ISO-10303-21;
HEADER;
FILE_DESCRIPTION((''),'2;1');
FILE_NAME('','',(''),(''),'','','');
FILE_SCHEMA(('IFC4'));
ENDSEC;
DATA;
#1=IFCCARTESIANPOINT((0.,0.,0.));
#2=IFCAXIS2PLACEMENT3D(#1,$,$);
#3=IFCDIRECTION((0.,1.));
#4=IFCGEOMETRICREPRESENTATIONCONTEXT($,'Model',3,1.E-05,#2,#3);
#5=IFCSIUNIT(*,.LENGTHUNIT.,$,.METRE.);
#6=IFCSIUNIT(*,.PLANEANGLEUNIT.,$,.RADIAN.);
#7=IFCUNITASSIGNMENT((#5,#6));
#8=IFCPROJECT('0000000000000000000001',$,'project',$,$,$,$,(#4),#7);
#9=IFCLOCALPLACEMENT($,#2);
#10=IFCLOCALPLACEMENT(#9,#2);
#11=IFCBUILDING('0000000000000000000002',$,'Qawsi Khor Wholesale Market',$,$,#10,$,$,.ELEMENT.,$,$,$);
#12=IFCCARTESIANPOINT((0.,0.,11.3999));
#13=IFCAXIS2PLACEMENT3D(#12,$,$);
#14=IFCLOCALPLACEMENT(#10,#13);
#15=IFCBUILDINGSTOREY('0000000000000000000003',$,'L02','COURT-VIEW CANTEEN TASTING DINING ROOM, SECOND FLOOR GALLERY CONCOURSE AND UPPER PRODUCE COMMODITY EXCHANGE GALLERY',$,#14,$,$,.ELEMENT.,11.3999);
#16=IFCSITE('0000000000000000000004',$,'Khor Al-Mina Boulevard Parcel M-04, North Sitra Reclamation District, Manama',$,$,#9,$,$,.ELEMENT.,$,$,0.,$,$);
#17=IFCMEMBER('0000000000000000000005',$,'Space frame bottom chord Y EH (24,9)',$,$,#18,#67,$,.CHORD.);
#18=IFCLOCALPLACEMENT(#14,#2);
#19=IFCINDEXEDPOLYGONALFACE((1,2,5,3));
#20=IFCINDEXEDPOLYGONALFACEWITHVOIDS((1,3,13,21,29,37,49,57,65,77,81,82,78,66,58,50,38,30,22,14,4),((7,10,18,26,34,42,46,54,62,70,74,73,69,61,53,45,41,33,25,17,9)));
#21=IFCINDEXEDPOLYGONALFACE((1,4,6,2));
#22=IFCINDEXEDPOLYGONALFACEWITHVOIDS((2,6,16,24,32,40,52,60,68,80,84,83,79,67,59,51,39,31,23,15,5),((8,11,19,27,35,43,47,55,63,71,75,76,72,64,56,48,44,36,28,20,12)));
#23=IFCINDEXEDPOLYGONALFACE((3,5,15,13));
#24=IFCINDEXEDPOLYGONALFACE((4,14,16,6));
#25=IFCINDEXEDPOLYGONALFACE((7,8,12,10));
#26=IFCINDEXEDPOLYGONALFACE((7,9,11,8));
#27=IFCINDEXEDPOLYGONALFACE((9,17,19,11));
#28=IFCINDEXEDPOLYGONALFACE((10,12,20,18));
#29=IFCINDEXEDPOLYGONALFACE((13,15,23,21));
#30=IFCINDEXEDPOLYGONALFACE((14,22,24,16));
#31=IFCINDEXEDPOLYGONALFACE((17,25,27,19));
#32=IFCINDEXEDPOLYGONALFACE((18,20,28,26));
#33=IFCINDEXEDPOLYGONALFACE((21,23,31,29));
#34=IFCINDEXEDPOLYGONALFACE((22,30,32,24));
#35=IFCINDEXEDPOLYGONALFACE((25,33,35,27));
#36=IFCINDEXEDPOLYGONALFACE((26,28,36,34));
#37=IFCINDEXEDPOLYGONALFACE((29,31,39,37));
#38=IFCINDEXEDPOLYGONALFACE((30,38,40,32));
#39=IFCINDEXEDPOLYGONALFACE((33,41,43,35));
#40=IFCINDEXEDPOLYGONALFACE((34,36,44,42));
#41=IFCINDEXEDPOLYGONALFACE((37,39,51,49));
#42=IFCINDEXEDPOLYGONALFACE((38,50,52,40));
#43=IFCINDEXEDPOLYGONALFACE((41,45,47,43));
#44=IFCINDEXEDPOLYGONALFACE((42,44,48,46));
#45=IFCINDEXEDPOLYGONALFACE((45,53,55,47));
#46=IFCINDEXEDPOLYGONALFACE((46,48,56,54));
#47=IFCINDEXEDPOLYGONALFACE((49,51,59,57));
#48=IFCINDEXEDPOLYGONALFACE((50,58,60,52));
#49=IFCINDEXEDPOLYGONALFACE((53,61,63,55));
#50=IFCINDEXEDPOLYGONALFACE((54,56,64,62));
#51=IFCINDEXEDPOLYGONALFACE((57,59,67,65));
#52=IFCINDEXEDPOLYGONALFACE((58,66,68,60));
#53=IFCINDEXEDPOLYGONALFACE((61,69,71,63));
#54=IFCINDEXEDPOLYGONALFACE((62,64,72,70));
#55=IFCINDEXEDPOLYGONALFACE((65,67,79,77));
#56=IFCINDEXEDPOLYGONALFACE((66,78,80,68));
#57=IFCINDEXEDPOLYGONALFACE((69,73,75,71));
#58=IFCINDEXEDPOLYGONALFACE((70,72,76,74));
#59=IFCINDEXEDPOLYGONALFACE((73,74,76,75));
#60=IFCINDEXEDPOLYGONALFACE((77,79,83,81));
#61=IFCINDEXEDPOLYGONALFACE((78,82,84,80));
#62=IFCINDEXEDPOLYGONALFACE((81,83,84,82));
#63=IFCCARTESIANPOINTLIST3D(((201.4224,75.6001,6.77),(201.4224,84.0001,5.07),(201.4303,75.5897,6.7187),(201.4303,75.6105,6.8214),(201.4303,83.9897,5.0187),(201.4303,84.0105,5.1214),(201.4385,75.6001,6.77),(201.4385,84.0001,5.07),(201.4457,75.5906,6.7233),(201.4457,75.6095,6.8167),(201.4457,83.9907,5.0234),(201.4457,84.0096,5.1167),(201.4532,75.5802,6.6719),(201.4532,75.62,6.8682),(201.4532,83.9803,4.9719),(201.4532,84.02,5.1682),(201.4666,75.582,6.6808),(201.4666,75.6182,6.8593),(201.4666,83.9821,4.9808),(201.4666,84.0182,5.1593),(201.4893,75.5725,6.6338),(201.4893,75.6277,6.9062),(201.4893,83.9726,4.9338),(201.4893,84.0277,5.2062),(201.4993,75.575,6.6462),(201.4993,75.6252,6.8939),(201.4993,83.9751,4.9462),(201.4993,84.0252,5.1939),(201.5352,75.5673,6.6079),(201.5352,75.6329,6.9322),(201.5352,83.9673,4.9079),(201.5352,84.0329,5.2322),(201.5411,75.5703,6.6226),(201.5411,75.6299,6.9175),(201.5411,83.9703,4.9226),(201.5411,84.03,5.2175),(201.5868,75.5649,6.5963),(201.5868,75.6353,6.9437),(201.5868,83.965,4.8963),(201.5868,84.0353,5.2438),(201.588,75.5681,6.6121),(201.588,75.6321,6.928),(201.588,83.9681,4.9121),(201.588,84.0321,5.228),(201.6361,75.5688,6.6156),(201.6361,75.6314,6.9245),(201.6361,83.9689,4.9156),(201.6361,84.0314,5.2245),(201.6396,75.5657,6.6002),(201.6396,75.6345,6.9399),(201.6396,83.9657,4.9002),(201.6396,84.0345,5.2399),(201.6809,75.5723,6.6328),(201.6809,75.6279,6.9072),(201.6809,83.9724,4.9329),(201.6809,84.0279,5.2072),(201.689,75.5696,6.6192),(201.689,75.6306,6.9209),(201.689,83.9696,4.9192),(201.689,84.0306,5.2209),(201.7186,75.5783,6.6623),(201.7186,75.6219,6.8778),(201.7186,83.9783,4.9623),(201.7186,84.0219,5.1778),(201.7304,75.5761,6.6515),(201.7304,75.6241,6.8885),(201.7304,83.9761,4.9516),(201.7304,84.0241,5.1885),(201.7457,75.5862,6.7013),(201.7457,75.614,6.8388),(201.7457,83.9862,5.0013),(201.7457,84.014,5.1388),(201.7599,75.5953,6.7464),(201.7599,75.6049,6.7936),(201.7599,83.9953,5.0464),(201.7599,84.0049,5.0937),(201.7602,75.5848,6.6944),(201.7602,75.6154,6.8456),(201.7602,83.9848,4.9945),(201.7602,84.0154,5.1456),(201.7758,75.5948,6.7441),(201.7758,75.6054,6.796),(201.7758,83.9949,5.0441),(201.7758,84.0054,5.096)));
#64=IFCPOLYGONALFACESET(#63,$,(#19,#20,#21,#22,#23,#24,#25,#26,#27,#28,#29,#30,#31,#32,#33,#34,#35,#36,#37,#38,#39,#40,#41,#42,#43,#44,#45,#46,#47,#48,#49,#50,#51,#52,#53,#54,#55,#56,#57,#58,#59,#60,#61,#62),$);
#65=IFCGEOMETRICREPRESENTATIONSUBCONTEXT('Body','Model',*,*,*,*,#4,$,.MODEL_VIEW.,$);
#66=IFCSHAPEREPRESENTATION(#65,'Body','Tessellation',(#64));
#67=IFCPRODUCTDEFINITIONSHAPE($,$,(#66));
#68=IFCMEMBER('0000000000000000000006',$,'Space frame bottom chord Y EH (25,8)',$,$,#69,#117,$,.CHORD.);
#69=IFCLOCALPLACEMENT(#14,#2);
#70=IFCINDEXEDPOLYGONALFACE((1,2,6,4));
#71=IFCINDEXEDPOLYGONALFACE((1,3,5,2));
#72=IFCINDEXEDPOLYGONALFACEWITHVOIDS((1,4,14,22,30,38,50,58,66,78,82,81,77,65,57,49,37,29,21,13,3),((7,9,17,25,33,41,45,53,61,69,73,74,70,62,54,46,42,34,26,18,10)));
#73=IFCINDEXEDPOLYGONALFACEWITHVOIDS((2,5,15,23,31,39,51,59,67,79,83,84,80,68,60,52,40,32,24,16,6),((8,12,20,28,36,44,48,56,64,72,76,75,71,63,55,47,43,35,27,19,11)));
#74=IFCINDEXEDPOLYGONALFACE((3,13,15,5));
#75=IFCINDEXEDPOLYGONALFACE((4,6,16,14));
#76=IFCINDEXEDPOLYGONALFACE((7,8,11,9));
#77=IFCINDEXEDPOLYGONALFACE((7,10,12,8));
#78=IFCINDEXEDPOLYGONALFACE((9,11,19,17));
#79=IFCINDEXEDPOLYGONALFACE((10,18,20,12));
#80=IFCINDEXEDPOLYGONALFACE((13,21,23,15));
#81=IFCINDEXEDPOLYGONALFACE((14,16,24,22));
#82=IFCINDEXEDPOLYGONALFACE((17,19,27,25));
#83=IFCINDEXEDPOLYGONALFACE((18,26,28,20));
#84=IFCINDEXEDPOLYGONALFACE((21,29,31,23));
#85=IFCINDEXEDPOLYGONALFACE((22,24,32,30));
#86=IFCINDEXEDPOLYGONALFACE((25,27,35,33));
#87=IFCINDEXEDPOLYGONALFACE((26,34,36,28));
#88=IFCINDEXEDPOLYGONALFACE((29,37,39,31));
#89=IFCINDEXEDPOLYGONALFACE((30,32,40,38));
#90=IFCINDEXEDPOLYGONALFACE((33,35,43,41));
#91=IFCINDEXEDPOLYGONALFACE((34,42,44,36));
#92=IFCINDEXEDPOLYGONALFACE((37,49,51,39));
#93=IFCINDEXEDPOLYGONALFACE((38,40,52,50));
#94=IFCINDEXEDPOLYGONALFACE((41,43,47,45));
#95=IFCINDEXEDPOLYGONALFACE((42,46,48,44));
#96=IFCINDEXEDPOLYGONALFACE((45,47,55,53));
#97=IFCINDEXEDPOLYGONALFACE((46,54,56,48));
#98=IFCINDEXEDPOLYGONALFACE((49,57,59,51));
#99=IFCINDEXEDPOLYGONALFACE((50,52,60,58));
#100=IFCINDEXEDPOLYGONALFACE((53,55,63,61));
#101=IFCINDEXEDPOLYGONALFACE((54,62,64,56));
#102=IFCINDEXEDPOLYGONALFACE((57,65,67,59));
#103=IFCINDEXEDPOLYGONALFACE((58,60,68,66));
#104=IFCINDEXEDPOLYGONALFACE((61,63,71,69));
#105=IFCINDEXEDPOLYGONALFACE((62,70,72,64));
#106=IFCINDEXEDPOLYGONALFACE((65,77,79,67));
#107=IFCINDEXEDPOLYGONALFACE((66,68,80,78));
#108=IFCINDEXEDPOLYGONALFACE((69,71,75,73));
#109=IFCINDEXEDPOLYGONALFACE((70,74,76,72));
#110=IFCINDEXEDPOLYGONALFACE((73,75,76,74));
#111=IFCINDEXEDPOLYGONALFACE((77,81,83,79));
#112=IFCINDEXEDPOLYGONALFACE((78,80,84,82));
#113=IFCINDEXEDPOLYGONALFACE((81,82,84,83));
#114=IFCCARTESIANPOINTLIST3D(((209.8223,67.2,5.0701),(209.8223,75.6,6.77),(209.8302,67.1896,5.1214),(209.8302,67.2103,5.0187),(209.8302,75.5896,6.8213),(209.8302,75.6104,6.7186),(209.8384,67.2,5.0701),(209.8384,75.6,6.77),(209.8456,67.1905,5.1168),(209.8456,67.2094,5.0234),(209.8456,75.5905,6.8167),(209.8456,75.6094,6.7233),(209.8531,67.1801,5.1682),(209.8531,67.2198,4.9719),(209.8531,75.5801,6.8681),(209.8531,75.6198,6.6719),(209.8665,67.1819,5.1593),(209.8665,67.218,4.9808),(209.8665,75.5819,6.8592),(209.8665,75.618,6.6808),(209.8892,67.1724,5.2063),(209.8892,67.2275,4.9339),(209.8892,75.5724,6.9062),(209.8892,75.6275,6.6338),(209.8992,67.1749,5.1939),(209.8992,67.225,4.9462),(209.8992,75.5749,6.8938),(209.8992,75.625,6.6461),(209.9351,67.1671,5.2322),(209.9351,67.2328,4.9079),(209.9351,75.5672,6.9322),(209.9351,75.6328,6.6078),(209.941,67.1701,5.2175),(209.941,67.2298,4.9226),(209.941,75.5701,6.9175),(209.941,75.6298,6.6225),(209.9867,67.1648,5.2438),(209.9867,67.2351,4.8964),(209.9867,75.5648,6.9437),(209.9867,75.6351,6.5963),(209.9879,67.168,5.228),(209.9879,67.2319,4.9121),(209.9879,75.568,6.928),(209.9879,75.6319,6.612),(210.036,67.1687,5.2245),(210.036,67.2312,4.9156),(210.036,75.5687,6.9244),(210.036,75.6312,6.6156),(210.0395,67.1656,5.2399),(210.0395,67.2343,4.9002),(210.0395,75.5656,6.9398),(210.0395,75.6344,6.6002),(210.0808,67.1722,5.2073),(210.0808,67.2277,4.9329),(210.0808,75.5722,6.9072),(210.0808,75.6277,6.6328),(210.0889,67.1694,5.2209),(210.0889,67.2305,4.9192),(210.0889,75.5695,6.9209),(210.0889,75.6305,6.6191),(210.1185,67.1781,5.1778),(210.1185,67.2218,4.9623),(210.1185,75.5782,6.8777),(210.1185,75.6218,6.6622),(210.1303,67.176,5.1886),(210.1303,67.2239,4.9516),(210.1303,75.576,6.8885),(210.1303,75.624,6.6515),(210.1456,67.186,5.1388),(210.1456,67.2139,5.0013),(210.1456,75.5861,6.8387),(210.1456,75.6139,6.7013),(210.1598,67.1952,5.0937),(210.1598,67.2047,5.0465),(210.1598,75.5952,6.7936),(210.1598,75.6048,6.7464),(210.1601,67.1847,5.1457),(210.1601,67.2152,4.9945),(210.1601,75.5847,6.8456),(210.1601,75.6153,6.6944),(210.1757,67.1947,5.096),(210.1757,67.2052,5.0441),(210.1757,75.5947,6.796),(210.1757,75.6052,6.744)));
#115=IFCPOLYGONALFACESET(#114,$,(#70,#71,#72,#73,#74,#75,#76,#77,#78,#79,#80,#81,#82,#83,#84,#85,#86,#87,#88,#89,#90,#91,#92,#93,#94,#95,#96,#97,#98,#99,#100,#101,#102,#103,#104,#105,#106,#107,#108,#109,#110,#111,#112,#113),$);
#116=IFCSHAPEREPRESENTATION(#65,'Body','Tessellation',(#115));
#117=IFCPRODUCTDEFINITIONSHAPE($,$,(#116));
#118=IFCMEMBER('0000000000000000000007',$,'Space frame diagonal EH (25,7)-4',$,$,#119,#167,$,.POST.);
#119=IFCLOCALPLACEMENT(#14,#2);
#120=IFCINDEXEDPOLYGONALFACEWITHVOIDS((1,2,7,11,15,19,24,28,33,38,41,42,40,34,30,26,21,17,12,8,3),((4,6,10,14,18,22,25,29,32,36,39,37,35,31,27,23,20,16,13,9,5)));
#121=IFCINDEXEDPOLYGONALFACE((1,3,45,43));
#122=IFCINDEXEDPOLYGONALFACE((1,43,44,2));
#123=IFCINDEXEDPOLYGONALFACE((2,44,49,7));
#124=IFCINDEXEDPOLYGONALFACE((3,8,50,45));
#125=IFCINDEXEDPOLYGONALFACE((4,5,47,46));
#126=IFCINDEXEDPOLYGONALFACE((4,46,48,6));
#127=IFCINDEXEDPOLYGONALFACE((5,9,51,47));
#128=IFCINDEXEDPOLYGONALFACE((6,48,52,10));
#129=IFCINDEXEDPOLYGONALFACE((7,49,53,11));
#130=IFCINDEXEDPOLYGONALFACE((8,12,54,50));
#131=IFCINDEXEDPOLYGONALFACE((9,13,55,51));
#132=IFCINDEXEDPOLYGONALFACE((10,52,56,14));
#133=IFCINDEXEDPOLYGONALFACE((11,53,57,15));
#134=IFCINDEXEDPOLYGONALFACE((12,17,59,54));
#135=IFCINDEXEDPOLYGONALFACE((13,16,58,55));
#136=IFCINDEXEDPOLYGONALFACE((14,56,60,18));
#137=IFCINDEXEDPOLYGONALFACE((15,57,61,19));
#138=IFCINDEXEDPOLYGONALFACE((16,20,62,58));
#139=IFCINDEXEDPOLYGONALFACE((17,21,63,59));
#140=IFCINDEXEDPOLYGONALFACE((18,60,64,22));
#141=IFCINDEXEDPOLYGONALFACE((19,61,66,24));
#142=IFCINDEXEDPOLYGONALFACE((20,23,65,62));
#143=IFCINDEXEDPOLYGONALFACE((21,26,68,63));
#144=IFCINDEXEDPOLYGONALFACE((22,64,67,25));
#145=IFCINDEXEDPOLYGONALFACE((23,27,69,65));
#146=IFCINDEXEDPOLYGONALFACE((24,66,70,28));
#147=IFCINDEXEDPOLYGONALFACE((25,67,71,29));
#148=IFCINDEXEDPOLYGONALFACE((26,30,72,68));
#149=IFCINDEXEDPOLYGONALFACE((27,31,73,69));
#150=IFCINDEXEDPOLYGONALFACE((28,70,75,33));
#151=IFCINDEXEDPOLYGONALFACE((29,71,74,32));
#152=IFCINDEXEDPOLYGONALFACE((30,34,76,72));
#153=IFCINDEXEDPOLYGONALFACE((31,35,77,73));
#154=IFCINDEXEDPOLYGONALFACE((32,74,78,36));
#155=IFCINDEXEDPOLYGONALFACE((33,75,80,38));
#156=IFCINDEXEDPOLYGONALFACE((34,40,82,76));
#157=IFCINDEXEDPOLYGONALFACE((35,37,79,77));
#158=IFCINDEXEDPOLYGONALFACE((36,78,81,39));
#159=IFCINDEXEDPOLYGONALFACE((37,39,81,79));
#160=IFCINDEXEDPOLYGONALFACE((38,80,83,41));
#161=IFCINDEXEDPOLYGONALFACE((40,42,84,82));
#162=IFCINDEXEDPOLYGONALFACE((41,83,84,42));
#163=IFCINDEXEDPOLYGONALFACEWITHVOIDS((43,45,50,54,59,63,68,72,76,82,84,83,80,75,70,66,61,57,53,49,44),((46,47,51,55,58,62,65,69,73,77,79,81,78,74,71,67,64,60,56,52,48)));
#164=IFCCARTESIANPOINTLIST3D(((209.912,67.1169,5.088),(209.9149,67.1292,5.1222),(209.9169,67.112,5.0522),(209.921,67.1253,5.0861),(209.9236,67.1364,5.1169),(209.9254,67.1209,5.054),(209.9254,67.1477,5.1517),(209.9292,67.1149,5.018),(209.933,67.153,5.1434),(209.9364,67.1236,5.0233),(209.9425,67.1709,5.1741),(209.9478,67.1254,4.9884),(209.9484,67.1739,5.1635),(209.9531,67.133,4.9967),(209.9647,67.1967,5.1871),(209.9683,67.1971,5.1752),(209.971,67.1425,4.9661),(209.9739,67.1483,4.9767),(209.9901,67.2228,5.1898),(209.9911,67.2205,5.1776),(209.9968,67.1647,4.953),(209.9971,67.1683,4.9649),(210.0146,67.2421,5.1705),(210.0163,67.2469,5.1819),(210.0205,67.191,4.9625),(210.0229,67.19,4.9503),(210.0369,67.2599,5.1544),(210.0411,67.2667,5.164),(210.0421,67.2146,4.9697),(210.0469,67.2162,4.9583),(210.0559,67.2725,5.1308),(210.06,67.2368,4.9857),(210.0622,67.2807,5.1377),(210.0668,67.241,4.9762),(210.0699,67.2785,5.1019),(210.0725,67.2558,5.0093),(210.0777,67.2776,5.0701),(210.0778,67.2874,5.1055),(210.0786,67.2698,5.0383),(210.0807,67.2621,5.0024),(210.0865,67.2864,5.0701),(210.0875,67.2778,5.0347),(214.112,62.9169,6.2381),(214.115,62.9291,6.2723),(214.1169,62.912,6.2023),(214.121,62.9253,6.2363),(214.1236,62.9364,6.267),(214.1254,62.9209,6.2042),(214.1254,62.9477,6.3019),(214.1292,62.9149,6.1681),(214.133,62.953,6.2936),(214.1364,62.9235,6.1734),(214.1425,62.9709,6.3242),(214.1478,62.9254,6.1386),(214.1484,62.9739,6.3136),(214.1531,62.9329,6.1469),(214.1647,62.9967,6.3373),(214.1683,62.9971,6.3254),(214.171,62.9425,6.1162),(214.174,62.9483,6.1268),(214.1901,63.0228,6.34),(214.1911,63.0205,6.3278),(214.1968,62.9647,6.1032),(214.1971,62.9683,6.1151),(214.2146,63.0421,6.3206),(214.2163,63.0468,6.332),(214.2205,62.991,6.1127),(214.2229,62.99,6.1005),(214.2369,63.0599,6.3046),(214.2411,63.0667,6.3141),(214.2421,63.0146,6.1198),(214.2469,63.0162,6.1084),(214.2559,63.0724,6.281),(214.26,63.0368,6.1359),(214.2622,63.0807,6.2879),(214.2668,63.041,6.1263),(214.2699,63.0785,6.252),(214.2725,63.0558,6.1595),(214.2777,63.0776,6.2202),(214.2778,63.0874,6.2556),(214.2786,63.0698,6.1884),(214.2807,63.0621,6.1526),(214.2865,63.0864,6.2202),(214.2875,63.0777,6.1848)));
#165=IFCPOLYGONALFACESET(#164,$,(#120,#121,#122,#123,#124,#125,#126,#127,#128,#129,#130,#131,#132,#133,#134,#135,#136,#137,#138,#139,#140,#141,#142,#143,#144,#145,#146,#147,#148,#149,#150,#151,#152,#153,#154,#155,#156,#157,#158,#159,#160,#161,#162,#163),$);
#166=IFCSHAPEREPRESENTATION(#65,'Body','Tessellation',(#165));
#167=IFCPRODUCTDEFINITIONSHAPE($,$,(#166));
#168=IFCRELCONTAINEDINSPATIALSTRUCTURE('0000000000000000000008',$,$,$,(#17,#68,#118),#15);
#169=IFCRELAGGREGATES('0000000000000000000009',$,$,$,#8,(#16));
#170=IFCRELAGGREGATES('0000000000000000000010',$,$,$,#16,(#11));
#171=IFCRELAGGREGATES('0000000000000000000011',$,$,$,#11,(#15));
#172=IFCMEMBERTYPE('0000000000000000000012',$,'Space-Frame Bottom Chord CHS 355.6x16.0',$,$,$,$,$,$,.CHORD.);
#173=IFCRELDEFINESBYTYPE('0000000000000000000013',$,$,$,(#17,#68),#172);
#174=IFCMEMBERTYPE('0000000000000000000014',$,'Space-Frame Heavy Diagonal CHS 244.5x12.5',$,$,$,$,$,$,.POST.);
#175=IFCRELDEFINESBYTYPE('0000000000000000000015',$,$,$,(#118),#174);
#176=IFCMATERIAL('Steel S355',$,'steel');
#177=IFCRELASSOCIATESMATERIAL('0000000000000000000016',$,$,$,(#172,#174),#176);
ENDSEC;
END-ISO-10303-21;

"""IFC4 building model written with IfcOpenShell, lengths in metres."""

from ifc_helpers import new_model, si_unit, direction, frame, origin, origin_2d, place, context, subcontext, project, spatial, hollow_circle, extrude, material, material_profile, profile_set, type_object, element, save


model = new_model("IFC4")

# Units and contexts
model_context = context("Model", 3, precision=1e-05, world=origin(), true_north=direction((0.0, 1.0)))
body_context = subcontext(model_context, "Body", "Model", "MODEL_VIEW")
ifc_project = project(units=[si_unit("LENGTHUNIT", "METRE"), si_unit("PLANEANGLEUNIT", "RADIAN")], contexts=[model_context])

# Site, building, storey
site_placement = place(None, origin())
site = spatial("IfcSite", under=ifc_project, at=site_placement, Name="Khor Al-Mina Boulevard Parcel M-04, North Sitra Reclamation District, Manama", CompositionType="ELEMENT", RefElevation=0.0)
building_placement = place(site_placement, origin())
building = spatial("IfcBuilding", under=site, at=building_placement, Name="Qawsi Khor Wholesale Market", CompositionType="ELEMENT")
storey_placement = place(building_placement, frame((0.0, 0.0, 11.3999)))
storey = spatial("IfcBuildingStorey", under=building, at=storey_placement, Name="L02", Description="COURT-VIEW CANTEEN TASTING DINING ROOM, SECOND FLOOR GALLERY CONCOURSE AND UPPER PRODUCE COMMODITY EXCHANGE GALLERY", CompositionType="ELEMENT", Elevation=11.3999)

# Members
ifc_material_1 = material(Name="Steel S355", Category="steel")
ifc_material_profile_1 = material_profile(ifc_material_1, hollow_circle(Radius=0.1777, WallThickness=0.0161, at=origin_2d()), Name="CHS 355.6x16.0")
ifc_profile_set_1 = profile_set([ifc_material_profile_1], Name="Steel S355")
member_type_1 = type_object("IfcMemberType", Name="Space-Frame Bottom Chord CHS 355.6x16.0", PredefinedType="CHORD", material=ifc_profile_set_1)
for number, where, z_axis, x_axis, name in (
    (1, (201.6001, 75.6001, 6.77), (0.0, 0.98013, -0.198356), (-1.0, 0.0, 0.0), "Space frame bottom chord Y EH (24,9)"),
    (2, (210.0, 67.2, 5.0701), (0.0, 0.980131, 0.198351), (-1.0, 0.0, 0.0), "Space frame bottom chord Y EH (25,8)"),
):
    element("IfcMember", number, at=place(storey_placement, frame(where, z_axis=z_axis, x_axis=x_axis)), inside=storey, type_object=member_type_1, Name=name, PredefinedType="CHORD", context=body_context, shape_type="SweptSolid", body=[
        extrude(hollow_circle(Radius=0.1777, WallThickness=0.0161, at=origin_2d()), origin(), (0.0, 0.0, 1.0), 8.5703),
    ])
ifc_material_profile_2 = material_profile(ifc_material_1, hollow_circle(Radius=0.1223, WallThickness=0.0125, at=origin_2d()), Name="CHS 244.5x12.5")
ifc_profile_set_2 = profile_set([ifc_material_profile_2], Name="Steel S355")
member_type_2 = type_object("IfcMemberType", Name="Space-Frame Heavy Diagonal CHS 244.5x12.5", PredefinedType="POST", material=ifc_profile_set_2)
member_1_placement = place(storey_placement, frame((210.0, 67.2, 5.0701), z_axis=(0.694211, -0.694211, 0.190108), x_axis=(0.707107, 0.707107, 0.0)))
element("IfcMember", 3, at=member_1_placement, inside=storey, type_object=member_type_2, Name="Space frame diagonal EH (25,7)-4", PredefinedType="POST", context=body_context, shape_type="SweptSolid", body=[
    extrude(hollow_circle(Radius=0.1223, WallThickness=0.0125, at=origin_2d()), origin(), (0.0, 0.0, 1.0), 6.05),
])

save(model, "model.ifc")
